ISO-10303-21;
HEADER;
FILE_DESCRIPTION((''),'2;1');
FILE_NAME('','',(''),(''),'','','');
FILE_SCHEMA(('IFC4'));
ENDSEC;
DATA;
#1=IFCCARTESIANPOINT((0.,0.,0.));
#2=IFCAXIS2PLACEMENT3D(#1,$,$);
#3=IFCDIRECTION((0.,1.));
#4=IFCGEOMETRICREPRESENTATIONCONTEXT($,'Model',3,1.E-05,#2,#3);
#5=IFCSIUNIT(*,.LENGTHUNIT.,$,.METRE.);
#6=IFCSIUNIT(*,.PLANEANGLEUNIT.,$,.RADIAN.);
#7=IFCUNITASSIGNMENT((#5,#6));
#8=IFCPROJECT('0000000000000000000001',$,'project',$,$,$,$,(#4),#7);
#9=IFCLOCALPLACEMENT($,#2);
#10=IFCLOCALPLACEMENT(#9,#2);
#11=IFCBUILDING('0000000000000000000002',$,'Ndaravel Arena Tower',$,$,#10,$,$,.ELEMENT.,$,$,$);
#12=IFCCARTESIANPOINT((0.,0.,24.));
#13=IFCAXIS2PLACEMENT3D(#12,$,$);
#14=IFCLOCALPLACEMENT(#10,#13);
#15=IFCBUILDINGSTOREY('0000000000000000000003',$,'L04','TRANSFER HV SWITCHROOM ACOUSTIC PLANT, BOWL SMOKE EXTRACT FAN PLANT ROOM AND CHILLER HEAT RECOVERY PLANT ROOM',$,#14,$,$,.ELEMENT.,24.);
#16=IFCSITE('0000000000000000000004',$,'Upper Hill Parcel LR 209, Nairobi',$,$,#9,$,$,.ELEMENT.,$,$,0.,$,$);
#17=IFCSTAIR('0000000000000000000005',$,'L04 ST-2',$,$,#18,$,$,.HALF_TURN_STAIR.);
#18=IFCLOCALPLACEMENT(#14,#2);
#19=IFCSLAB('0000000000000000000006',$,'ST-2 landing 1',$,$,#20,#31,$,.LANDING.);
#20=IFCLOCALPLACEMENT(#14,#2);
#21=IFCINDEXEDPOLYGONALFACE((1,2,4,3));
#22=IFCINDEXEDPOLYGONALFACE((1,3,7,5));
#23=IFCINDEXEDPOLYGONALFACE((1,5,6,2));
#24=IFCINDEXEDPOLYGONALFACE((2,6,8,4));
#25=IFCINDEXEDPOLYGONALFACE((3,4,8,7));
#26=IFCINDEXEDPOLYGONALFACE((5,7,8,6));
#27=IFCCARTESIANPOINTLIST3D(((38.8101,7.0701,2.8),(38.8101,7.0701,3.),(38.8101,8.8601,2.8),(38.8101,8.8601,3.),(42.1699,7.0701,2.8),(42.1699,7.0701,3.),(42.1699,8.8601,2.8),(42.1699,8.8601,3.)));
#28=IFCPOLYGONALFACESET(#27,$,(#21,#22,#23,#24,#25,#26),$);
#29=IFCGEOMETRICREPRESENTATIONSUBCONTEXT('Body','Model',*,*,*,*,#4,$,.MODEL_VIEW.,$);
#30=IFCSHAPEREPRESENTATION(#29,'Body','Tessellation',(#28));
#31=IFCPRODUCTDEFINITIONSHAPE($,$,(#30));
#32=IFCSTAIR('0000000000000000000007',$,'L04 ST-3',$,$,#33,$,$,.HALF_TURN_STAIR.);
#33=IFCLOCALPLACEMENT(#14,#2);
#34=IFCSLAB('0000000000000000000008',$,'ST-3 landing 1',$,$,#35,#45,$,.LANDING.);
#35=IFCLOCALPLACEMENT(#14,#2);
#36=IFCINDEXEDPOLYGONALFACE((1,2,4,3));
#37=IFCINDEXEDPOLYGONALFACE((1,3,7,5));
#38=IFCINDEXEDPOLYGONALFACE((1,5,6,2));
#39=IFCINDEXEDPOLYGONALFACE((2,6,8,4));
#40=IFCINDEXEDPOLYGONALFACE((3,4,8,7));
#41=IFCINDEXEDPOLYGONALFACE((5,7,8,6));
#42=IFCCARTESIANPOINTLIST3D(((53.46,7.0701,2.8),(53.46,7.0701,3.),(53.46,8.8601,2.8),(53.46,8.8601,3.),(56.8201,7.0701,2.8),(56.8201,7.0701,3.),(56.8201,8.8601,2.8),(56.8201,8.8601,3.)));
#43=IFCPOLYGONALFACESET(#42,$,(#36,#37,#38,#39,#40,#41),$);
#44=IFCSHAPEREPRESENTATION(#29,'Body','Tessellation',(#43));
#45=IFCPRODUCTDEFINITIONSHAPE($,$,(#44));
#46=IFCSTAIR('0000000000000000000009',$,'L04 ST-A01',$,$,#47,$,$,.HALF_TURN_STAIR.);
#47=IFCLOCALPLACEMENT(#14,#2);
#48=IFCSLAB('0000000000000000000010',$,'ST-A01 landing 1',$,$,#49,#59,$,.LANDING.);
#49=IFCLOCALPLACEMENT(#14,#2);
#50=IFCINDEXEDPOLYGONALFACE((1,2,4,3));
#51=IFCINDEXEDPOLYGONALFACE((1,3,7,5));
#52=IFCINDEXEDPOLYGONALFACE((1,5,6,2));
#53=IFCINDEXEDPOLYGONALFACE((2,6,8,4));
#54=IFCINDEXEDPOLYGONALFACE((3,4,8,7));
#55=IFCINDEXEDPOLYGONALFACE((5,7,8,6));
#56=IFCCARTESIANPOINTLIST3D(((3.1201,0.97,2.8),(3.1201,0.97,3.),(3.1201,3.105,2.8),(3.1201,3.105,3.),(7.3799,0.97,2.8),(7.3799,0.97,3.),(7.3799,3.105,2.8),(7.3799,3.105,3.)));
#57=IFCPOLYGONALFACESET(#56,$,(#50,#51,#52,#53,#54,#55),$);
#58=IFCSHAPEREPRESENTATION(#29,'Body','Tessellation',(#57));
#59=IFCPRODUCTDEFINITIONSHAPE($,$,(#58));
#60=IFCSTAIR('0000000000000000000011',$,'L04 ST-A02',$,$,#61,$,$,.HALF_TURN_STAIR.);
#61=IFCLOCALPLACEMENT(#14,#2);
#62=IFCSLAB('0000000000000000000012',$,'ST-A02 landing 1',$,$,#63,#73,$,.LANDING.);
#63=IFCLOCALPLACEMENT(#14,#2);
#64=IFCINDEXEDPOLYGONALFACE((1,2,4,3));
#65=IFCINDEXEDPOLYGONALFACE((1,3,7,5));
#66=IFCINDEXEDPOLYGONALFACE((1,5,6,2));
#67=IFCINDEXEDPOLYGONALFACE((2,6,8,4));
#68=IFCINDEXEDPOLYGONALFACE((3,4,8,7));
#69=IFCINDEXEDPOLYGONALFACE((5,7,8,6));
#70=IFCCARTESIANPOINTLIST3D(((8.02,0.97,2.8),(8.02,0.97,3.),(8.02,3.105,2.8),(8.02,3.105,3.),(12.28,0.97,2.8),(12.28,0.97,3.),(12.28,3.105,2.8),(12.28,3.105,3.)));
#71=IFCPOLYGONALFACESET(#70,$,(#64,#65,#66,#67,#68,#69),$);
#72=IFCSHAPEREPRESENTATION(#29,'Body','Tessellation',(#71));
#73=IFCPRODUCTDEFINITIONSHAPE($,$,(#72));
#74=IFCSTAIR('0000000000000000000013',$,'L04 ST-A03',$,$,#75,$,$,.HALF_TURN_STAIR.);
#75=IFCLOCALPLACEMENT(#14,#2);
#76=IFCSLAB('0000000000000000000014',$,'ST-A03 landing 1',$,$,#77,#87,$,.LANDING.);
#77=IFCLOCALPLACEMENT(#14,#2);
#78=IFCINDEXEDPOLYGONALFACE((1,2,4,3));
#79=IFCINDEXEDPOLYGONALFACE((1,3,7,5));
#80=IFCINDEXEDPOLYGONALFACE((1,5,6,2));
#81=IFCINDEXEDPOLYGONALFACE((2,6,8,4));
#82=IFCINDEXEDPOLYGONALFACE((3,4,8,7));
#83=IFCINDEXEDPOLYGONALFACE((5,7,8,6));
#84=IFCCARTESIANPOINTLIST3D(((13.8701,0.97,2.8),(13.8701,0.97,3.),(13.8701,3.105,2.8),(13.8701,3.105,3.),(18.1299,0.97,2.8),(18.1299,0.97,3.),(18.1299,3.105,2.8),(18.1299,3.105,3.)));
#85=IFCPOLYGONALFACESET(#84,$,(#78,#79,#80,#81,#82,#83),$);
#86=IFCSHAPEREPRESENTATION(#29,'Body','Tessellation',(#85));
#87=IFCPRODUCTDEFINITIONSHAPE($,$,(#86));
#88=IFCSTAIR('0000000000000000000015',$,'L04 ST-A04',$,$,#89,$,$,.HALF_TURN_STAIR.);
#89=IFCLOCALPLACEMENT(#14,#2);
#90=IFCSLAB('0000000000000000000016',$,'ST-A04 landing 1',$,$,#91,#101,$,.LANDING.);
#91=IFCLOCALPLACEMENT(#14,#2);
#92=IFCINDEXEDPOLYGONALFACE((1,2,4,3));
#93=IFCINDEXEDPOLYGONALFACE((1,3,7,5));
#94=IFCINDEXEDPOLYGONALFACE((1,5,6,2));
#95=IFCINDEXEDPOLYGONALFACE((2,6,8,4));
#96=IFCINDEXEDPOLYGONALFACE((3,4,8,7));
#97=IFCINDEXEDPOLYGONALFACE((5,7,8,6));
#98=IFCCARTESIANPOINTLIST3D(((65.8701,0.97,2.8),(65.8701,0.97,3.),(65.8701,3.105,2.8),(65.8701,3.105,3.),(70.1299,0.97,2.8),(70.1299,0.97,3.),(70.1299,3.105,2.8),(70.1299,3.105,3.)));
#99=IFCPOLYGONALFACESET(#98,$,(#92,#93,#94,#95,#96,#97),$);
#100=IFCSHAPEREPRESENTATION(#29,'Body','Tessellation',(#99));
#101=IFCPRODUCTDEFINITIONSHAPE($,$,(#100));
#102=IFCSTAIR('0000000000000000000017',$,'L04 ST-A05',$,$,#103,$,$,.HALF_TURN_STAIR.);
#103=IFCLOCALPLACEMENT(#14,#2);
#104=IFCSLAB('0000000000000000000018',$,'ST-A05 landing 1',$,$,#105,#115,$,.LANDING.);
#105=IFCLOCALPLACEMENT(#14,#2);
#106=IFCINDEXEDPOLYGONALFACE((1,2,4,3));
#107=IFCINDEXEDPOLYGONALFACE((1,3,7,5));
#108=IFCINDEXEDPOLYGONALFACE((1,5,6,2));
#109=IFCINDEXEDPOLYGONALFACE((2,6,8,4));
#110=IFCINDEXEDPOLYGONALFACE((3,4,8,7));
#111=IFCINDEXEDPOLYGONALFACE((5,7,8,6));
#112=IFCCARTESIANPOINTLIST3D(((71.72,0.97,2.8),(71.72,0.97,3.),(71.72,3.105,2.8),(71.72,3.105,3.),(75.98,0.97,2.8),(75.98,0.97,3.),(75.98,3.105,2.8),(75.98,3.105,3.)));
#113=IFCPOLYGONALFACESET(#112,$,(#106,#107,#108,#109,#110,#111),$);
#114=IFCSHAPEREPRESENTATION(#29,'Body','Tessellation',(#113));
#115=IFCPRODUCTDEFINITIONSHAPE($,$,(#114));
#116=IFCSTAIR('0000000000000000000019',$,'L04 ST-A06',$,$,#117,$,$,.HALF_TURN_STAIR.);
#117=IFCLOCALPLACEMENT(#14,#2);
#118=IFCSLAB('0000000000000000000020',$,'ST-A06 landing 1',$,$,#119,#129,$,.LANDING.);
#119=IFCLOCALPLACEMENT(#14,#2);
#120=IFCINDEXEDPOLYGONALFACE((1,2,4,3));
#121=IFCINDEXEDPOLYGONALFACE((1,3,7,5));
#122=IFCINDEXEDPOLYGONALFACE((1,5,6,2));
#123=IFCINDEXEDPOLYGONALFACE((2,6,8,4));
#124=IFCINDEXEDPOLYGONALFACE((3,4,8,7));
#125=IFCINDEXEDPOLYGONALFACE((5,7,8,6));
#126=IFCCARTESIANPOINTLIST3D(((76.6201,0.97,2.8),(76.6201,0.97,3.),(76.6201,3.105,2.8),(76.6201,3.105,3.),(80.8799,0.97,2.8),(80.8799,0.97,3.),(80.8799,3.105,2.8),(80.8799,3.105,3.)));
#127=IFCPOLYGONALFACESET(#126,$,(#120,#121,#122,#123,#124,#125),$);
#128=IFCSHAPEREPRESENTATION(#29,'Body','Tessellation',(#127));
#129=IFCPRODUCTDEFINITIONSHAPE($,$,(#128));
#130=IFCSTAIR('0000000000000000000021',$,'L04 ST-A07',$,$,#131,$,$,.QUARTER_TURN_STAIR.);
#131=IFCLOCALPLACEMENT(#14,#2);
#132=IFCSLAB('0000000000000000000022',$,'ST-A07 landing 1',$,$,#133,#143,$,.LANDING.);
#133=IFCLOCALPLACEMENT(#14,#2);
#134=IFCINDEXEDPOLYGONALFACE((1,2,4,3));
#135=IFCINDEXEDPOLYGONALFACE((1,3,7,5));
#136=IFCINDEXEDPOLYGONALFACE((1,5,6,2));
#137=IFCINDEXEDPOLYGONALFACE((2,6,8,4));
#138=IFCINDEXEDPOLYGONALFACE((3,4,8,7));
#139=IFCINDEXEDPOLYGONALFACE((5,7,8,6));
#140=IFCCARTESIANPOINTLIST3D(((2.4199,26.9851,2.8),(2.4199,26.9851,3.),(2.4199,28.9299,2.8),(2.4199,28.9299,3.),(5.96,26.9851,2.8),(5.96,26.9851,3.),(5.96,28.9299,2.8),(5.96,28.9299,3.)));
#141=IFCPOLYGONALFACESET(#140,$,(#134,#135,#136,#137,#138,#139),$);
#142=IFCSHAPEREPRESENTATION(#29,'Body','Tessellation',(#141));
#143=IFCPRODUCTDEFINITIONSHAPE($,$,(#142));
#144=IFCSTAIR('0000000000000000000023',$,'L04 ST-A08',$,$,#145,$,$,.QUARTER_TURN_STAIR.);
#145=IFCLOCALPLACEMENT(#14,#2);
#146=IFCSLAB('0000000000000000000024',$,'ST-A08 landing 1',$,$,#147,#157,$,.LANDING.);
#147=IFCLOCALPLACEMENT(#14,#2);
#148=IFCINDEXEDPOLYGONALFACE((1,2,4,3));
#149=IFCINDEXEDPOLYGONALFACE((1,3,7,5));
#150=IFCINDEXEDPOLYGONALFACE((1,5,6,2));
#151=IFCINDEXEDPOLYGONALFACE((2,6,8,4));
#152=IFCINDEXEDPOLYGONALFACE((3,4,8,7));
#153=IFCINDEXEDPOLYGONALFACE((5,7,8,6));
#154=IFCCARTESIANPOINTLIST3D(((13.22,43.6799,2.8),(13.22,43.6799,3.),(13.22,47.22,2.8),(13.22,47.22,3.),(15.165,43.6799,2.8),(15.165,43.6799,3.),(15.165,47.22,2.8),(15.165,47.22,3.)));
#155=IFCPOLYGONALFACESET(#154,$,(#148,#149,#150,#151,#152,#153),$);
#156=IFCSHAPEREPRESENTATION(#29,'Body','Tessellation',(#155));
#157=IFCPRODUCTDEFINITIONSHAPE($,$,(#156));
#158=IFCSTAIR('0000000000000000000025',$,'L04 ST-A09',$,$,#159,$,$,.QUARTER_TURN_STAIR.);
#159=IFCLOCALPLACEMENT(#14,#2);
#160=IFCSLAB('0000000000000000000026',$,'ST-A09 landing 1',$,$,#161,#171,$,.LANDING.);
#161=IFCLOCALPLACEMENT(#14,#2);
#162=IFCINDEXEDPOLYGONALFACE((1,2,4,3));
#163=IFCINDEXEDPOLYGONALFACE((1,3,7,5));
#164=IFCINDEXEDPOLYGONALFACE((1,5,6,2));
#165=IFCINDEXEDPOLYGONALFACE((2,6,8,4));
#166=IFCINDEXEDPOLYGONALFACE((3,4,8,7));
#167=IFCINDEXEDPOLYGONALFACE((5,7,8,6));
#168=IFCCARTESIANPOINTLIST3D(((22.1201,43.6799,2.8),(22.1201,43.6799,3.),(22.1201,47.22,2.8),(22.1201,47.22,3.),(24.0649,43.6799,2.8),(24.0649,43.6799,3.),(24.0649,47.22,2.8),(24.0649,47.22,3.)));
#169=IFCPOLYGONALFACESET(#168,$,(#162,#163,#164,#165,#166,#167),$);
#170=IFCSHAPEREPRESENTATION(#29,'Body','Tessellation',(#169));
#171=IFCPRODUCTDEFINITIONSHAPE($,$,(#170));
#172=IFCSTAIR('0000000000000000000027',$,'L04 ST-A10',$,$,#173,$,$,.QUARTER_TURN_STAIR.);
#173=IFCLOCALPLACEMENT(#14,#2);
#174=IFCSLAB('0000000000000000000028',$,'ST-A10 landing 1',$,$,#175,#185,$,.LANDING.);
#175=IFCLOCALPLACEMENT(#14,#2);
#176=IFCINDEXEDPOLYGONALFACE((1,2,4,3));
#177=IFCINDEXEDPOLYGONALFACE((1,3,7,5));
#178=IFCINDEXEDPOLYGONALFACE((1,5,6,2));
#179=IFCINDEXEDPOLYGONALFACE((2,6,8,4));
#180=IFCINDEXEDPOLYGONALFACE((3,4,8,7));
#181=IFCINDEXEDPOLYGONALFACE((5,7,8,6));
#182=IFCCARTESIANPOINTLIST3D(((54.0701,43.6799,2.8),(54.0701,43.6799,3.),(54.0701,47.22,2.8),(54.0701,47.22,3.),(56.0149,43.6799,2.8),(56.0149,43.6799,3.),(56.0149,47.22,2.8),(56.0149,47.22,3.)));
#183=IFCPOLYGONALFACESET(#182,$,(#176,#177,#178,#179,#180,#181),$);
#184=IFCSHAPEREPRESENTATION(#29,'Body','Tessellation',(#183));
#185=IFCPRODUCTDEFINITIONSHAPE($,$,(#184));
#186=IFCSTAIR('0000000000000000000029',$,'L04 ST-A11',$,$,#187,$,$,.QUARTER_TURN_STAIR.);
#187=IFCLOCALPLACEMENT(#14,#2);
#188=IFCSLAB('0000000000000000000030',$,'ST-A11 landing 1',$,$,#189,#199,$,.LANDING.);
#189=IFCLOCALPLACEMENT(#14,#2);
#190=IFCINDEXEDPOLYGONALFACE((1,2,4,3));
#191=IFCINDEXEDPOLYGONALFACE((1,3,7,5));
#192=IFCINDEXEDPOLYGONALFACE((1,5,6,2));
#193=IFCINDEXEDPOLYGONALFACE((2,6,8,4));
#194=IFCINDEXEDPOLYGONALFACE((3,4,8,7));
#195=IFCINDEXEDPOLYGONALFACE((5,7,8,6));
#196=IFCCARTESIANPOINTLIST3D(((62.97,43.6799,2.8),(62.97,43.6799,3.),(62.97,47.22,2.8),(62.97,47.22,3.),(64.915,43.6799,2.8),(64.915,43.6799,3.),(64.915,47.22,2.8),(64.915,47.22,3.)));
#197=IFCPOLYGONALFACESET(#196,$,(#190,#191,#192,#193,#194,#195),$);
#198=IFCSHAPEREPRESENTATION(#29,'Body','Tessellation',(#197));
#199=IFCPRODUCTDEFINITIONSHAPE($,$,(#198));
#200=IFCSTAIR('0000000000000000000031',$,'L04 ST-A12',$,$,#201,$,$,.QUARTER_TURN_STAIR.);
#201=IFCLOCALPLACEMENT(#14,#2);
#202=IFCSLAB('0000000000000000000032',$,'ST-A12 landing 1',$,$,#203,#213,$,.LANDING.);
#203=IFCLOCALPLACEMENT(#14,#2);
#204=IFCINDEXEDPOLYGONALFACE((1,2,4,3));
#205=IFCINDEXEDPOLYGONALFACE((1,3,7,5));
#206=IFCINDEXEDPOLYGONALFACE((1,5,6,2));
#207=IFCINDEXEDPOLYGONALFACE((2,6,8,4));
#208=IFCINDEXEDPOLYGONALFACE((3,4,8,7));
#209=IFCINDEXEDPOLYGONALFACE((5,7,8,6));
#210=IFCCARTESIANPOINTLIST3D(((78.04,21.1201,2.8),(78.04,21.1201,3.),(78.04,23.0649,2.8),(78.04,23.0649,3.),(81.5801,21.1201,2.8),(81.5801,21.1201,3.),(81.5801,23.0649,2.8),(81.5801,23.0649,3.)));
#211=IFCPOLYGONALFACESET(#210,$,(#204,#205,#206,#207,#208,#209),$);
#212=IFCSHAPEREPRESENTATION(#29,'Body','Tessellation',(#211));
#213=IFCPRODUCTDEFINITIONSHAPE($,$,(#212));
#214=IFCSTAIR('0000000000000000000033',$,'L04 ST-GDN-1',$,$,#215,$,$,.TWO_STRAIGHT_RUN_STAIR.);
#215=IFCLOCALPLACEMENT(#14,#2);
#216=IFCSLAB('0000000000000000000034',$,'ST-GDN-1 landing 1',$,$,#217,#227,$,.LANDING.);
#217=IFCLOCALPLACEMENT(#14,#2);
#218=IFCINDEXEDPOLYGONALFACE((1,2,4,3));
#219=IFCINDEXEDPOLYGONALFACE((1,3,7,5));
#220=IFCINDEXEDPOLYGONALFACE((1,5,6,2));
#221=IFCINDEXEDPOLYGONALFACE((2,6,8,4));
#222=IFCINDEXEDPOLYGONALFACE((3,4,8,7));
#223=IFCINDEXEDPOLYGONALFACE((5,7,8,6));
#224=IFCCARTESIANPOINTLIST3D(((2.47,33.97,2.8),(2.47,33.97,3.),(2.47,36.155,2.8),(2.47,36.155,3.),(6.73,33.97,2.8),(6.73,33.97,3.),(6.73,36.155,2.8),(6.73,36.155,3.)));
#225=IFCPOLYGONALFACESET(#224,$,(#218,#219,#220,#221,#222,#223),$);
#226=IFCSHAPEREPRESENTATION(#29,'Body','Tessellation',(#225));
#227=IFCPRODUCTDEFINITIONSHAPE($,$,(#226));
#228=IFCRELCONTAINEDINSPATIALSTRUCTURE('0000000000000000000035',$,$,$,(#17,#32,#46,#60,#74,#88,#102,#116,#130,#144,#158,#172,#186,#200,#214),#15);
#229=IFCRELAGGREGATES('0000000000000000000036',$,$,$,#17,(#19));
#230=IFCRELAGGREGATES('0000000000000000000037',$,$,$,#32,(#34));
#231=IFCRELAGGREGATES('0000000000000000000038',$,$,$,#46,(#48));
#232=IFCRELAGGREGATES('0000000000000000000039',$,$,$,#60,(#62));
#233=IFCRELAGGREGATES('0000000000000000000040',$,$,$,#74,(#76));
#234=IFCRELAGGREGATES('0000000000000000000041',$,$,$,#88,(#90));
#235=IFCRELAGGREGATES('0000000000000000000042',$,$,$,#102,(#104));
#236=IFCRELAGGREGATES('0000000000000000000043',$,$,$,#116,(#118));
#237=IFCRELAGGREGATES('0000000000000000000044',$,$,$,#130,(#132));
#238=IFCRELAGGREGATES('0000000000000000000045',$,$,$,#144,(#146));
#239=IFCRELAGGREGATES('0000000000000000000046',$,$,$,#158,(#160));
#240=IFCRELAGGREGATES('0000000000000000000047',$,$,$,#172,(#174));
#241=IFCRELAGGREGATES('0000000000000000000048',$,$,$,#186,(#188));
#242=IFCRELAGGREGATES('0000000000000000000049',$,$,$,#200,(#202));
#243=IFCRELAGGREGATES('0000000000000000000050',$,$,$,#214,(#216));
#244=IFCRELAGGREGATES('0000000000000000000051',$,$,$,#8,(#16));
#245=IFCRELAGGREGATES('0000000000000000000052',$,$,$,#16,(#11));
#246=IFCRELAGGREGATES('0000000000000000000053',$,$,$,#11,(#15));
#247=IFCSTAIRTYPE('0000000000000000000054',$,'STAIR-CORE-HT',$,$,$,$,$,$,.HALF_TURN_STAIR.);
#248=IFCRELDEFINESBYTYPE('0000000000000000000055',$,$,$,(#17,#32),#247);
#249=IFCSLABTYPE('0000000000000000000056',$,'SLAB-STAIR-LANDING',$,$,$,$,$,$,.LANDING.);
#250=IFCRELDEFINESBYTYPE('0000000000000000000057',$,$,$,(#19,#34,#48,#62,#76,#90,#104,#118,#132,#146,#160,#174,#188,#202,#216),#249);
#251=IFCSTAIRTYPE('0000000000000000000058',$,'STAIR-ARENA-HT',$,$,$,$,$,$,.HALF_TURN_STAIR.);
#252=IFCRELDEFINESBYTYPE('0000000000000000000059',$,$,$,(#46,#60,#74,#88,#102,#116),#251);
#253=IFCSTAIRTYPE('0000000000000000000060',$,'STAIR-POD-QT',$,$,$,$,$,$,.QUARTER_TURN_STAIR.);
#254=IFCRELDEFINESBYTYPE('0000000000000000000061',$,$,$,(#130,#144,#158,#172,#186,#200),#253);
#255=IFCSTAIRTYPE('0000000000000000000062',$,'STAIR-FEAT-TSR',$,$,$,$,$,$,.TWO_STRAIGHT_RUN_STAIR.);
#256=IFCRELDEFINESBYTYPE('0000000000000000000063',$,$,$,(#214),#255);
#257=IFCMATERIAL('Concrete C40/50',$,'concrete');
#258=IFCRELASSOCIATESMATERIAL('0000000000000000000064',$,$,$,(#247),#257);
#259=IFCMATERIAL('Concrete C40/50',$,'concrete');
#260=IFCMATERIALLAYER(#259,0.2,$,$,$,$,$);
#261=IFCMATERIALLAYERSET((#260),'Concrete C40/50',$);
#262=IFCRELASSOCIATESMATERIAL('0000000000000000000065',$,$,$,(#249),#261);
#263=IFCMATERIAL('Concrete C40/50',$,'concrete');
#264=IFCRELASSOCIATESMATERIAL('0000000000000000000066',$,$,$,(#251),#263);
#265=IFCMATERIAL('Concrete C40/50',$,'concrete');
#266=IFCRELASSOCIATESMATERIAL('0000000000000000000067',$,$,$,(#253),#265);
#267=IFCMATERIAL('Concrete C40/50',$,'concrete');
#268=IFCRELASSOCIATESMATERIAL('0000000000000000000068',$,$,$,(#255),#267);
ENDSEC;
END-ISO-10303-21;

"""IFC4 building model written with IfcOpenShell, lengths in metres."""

from ifc_helpers import new_model, si_unit, direction, frame, origin, place, context, subcontext, project, spatial, polyline, outline, extrude, material, layer, layer_set, type_object, element, aggregate, save


model = new_model("IFC4")

# Units and contexts
model_context = context("Model", 3, precision=1e-05, world=origin(), true_north=direction((0.0, 1.0)))
body_context = subcontext(model_context, "Body", "Model", "MODEL_VIEW")
ifc_project = project(units=[si_unit("LENGTHUNIT", "METRE"), si_unit("PLANEANGLEUNIT", "RADIAN")], contexts=[model_context])

# Site, building, storey
site_placement = place(None, origin())
site = spatial("IfcSite", under=ifc_project, at=site_placement, Name="Upper Hill Parcel LR 209, Nairobi", CompositionType="ELEMENT", RefElevation=0.0)
building_placement = place(site_placement, origin())
building = spatial("IfcBuilding", under=site, at=building_placement, Name="Ndaravel Arena Tower", CompositionType="ELEMENT")
storey_placement = place(building_placement, frame((0.0, 0.0, 24.0)))
storey = spatial("IfcBuildingStorey", under=building, at=storey_placement, Name="L04", Description="TRANSFER HV SWITCHROOM ACOUSTIC PLANT, BOWL SMOKE EXTRACT FAN PLANT ROOM AND CHILLER HEAT RECOVERY PLANT ROOM", CompositionType="ELEMENT", Elevation=24.0)

# Stairs, slabs
ifc_material_1 = material(Name="Concrete C40/50", Category="concrete")
stair_type_1 = type_object("IfcStairType", Name="STAIR-CORE-HT", PredefinedType="HALF_TURN_STAIR", material=ifc_material_1)
ifc_material_2 = material(Name="Concrete C40/50", Category="concrete")
ifc_layer_1 = layer(ifc_material_2, 0.2)
ifc_layer_set_1 = layer_set([ifc_layer_1], Name="Concrete C40/50")
slab_type_1 = type_object("IfcSlabType", Name="SLAB-STAIR-LANDING", PredefinedType="LANDING", material=ifc_layer_set_1)
stair_1_placement = place(storey_placement, origin())
stair_1 = element("IfcStair", 1, at=stair_1_placement, inside=storey, type_object=stair_type_1, Name="L04 ST-2", PredefinedType="HALF_TURN_STAIR")
slab_1_placement = place(storey_placement, frame((0.0, 0.0, 2.8)))
slab_1 = element("IfcSlab", 2, at=slab_1_placement, type_object=slab_type_1, Name="ST-2 landing 1", PredefinedType="LANDING", context=body_context, shape_type="SweptSolid", body=[
    extrude(outline(polyline([(38.8101, 8.8601), (38.8101, 7.0701), (42.1699, 7.0701), (42.1699, 8.8601), (38.8101, 8.8601)])), origin(), (0.0, 0.0, 1.0), 0.2),
])
aggregate(stair_1, [slab_1])
stair_2_placement = place(storey_placement, origin())
stair_2 = element("IfcStair", 3, at=stair_2_placement, inside=storey, type_object=stair_type_1, Name="L04 ST-3", PredefinedType="HALF_TURN_STAIR")
slab_2_placement = place(storey_placement, frame((0.0, 0.0, 2.8)))
slab_2 = element("IfcSlab", 4, at=slab_2_placement, type_object=slab_type_1, Name="ST-3 landing 1", PredefinedType="LANDING", context=body_context, shape_type="SweptSolid", body=[
    extrude(outline(polyline([(53.46, 8.8601), (53.46, 7.0701), (56.8201, 7.0701), (56.8201, 8.8601), (53.46, 8.8601)])), origin(), (0.0, 0.0, 1.0), 0.2),
])
aggregate(stair_2, [slab_2])
ifc_material_3 = material(Name="Concrete C40/50", Category="concrete")
stair_type_2 = type_object("IfcStairType", Name="STAIR-ARENA-HT", PredefinedType="HALF_TURN_STAIR", material=ifc_material_3)
stair_3_placement = place(storey_placement, origin())
stair_3 = element("IfcStair", 5, at=stair_3_placement, inside=storey, type_object=stair_type_2, Name="L04 ST-A01", PredefinedType="HALF_TURN_STAIR")
slab_3_placement = place(storey_placement, frame((0.0, 0.0, 2.8)))
slab_3 = element("IfcSlab", 6, at=slab_3_placement, type_object=slab_type_1, Name="ST-A01 landing 1", PredefinedType="LANDING", context=body_context, shape_type="SweptSolid", body=[
    extrude(outline(polyline([(3.1201, 3.105), (3.1201, 0.97), (7.3799, 0.97), (7.3799, 3.105), (3.1201, 3.105)])), origin(), (0.0, 0.0, 1.0), 0.2),
])
aggregate(stair_3, [slab_3])
stair_4_placement = place(storey_placement, origin())
stair_4 = element("IfcStair", 7, at=stair_4_placement, inside=storey, type_object=stair_type_2, Name="L04 ST-A02", PredefinedType="HALF_TURN_STAIR")
slab_4_placement = place(storey_placement, frame((0.0, 0.0, 2.8)))
slab_4 = element("IfcSlab", 8, at=slab_4_placement, type_object=slab_type_1, Name="ST-A02 landing 1", PredefinedType="LANDING", context=body_context, shape_type="SweptSolid", body=[
    extrude(outline(polyline([(8.02, 3.105), (8.02, 0.97), (12.28, 0.97), (12.28, 3.105), (8.02, 3.105)])), origin(), (0.0, 0.0, 1.0), 0.2),
])
aggregate(stair_4, [slab_4])
stair_5_placement = place(storey_placement, origin())
stair_5 = element("IfcStair", 9, at=stair_5_placement, inside=storey, type_object=stair_type_2, Name="L04 ST-A03", PredefinedType="HALF_TURN_STAIR")
slab_5_placement = place(storey_placement, frame((0.0, 0.0, 2.8)))
slab_5 = element("IfcSlab", 10, at=slab_5_placement, type_object=slab_type_1, Name="ST-A03 landing 1", PredefinedType="LANDING", context=body_context, shape_type="SweptSolid", body=[
    extrude(outline(polyline([(13.8701, 3.105), (13.8701, 0.97), (18.1299, 0.97), (18.1299, 3.105), (13.8701, 3.105)])), origin(), (0.0, 0.0, 1.0), 0.2),
])
aggregate(stair_5, [slab_5])
stair_6_placement = place(storey_placement, origin())
stair_6 = element("IfcStair", 11, at=stair_6_placement, inside=storey, type_object=stair_type_2, Name="L04 ST-A04", PredefinedType="HALF_TURN_STAIR")
slab_6_placement = place(storey_placement, frame((0.0, 0.0, 2.8)))
slab_6 = element("IfcSlab", 12, at=slab_6_placement, type_object=slab_type_1, Name="ST-A04 landing 1", PredefinedType="LANDING", context=body_context, shape_type="SweptSolid", body=[
    extrude(outline(polyline([(65.8701, 3.105), (65.8701, 0.97), (70.1299, 0.97), (70.1299, 3.105), (65.8701, 3.105)])), origin(), (0.0, 0.0, 1.0), 0.2),
])
aggregate(stair_6, [slab_6])
stair_7_placement = place(storey_placement, origin())
stair_7 = element("IfcStair", 13, at=stair_7_placement, inside=storey, type_object=stair_type_2, Name="L04 ST-A05", PredefinedType="HALF_TURN_STAIR")
slab_7_placement = place(storey_placement, frame((0.0, 0.0, 2.8)))
slab_7 = element("IfcSlab", 14, at=slab_7_placement, type_object=slab_type_1, Name="ST-A05 landing 1", PredefinedType="LANDING", context=body_context, shape_type="SweptSolid", body=[
    extrude(outline(polyline([(71.72, 3.105), (71.72, 0.97), (75.98, 0.97), (75.98, 3.105), (71.72, 3.105)])), origin(), (0.0, 0.0, 1.0), 0.2),
])
aggregate(stair_7, [slab_7])
stair_8_placement = place(storey_placement, origin())
stair_8 = element("IfcStair", 15, at=stair_8_placement, inside=storey, type_object=stair_type_2, Name="L04 ST-A06", PredefinedType="HALF_TURN_STAIR")
slab_8_placement = place(storey_placement, frame((0.0, 0.0, 2.8)))
slab_8 = element("IfcSlab", 16, at=slab_8_placement, type_object=slab_type_1, Name="ST-A06 landing 1", PredefinedType="LANDING", context=body_context, shape_type="SweptSolid", body=[
    extrude(outline(polyline([(76.6201, 3.105), (76.6201, 0.97), (80.8799, 0.97), (80.8799, 3.105), (76.6201, 3.105)])), origin(), (0.0, 0.0, 1.0), 0.2),
])
aggregate(stair_8, [slab_8])
ifc_material_4 = material(Name="Concrete C40/50", Category="concrete")
stair_type_3 = type_object("IfcStairType", Name="STAIR-POD-QT", PredefinedType="QUARTER_TURN_STAIR", material=ifc_material_4)
stair_9_placement = place(storey_placement, origin())
stair_9 = element("IfcStair", 17, at=stair_9_placement, inside=storey, type_object=stair_type_3, Name="L04 ST-A07", PredefinedType="QUARTER_TURN_STAIR")
slab_9_placement = place(storey_placement, frame((0.0, 0.0, 2.8)))
slab_9 = element("IfcSlab", 18, at=slab_9_placement, type_object=slab_type_1, Name="ST-A07 landing 1", PredefinedType="LANDING", context=body_context, shape_type="SweptSolid", body=[
    extrude(outline(polyline([(5.96, 26.9851), (5.96, 28.9299), (2.4199, 28.9299), (2.4199, 26.9851), (5.96, 26.9851)])), origin(), (0.0, 0.0, 1.0), 0.2),
])
aggregate(stair_9, [slab_9])
stair_10_placement = place(storey_placement, origin())
stair_10 = element("IfcStair", 19, at=stair_10_placement, inside=storey, type_object=stair_type_3, Name="L04 ST-A08", PredefinedType="QUARTER_TURN_STAIR")
slab_10_placement = place(storey_placement, frame((0.0, 0.0, 2.8)))
slab_10 = element("IfcSlab", 20, at=slab_10_placement, type_object=slab_type_1, Name="ST-A08 landing 1", PredefinedType="LANDING", context=body_context, shape_type="SweptSolid", body=[
    extrude(outline(polyline([(15.165, 47.22), (13.22, 47.22), (13.22, 43.6799), (15.165, 43.6799), (15.165, 47.22)])), origin(), (0.0, 0.0, 1.0), 0.2),
])
aggregate(stair_10, [slab_10])
stair_11_placement = place(storey_placement, origin())
stair_11 = element("IfcStair", 21, at=stair_11_placement, inside=storey, type_object=stair_type_3, Name="L04 ST-A09", PredefinedType="QUARTER_TURN_STAIR")
slab_11_placement = place(storey_placement, frame((0.0, 0.0, 2.8)))
slab_11 = element("IfcSlab", 22, at=slab_11_placement, type_object=slab_type_1, Name="ST-A09 landing 1", PredefinedType="LANDING", context=body_context, shape_type="SweptSolid", body=[
    extrude(outline(polyline([(24.0649, 47.22), (22.1201, 47.22), (22.1201, 43.6799), (24.0649, 43.6799), (24.0649, 47.22)])), origin(), (0.0, 0.0, 1.0), 0.2),
])
aggregate(stair_11, [slab_11])
stair_12_placement = place(storey_placement, origin())
stair_12 = element("IfcStair", 23, at=stair_12_placement, inside=storey, type_object=stair_type_3, Name="L04 ST-A10", PredefinedType="QUARTER_TURN_STAIR")
slab_12_placement = place(storey_placement, frame((0.0, 0.0, 2.8)))
slab_12 = element("IfcSlab", 24, at=slab_12_placement, type_object=slab_type_1, Name="ST-A10 landing 1", PredefinedType="LANDING", context=body_context, shape_type="SweptSolid", body=[
    extrude(outline(polyline([(56.0149, 47.22), (54.0701, 47.22), (54.0701, 43.6799), (56.0149, 43.6799), (56.0149, 47.22)])), origin(), (0.0, 0.0, 1.0), 0.2),
])
aggregate(stair_12, [slab_12])
stair_13_placement = place(storey_placement, origin())
stair_13 = element("IfcStair", 25, at=stair_13_placement, inside=storey, type_object=stair_type_3, Name="L04 ST-A11", PredefinedType="QUARTER_TURN_STAIR")
slab_13_placement = place(storey_placement, frame((0.0, 0.0, 2.8)))
slab_13 = element("IfcSlab", 26, at=slab_13_placement, type_object=slab_type_1, Name="ST-A11 landing 1", PredefinedType="LANDING", context=body_context, shape_type="SweptSolid", body=[
    extrude(outline(polyline([(64.915, 47.22), (62.97, 47.22), (62.97, 43.6799), (64.915, 43.6799), (64.915, 47.22)])), origin(), (0.0, 0.0, 1.0), 0.2),
])
aggregate(stair_13, [slab_13])
stair_14_placement = place(storey_placement, origin())
stair_14 = element("IfcStair", 27, at=stair_14_placement, inside=storey, type_object=stair_type_3, Name="L04 ST-A12", PredefinedType="QUARTER_TURN_STAIR")
slab_14_placement = place(storey_placement, frame((0.0, 0.0, 2.8)))
slab_14 = element("IfcSlab", 28, at=slab_14_placement, type_object=slab_type_1, Name="ST-A12 landing 1", PredefinedType="LANDING", context=body_context, shape_type="SweptSolid", body=[
    extrude(outline(polyline([(78.04, 23.0649), (78.04, 21.1201), (81.5801, 21.1201), (81.5801, 23.0649), (78.04, 23.0649)])), origin(), (0.0, 0.0, 1.0), 0.2),
])
aggregate(stair_14, [slab_14])
ifc_material_5 = material(Name="Concrete C40/50", Category="concrete")
stair_type_4 = type_object("IfcStairType", Name="STAIR-FEAT-TSR", PredefinedType="TWO_STRAIGHT_RUN_STAIR", material=ifc_material_5)
stair_15_placement = place(storey_placement, origin())
stair_15 = element("IfcStair", 29, at=stair_15_placement, inside=storey, type_object=stair_type_4, Name="L04 ST-GDN-1", PredefinedType="TWO_STRAIGHT_RUN_STAIR")
slab_15_placement = place(storey_placement, frame((0.0, 0.0, 2.8)))
slab_15 = element("IfcSlab", 30, at=slab_15_placement, type_object=slab_type_1, Name="ST-GDN-1 landing 1", PredefinedType="LANDING", context=body_context, shape_type="SweptSolid", body=[
    extrude(outline(polyline([(2.47, 36.155), (2.47, 33.97), (6.73, 33.97), (6.73, 36.155), (2.47, 36.155)])), origin(), (0.0, 0.0, 1.0), 0.2),
])
aggregate(stair_15, [slab_15])

save(model, "model.ifc")
